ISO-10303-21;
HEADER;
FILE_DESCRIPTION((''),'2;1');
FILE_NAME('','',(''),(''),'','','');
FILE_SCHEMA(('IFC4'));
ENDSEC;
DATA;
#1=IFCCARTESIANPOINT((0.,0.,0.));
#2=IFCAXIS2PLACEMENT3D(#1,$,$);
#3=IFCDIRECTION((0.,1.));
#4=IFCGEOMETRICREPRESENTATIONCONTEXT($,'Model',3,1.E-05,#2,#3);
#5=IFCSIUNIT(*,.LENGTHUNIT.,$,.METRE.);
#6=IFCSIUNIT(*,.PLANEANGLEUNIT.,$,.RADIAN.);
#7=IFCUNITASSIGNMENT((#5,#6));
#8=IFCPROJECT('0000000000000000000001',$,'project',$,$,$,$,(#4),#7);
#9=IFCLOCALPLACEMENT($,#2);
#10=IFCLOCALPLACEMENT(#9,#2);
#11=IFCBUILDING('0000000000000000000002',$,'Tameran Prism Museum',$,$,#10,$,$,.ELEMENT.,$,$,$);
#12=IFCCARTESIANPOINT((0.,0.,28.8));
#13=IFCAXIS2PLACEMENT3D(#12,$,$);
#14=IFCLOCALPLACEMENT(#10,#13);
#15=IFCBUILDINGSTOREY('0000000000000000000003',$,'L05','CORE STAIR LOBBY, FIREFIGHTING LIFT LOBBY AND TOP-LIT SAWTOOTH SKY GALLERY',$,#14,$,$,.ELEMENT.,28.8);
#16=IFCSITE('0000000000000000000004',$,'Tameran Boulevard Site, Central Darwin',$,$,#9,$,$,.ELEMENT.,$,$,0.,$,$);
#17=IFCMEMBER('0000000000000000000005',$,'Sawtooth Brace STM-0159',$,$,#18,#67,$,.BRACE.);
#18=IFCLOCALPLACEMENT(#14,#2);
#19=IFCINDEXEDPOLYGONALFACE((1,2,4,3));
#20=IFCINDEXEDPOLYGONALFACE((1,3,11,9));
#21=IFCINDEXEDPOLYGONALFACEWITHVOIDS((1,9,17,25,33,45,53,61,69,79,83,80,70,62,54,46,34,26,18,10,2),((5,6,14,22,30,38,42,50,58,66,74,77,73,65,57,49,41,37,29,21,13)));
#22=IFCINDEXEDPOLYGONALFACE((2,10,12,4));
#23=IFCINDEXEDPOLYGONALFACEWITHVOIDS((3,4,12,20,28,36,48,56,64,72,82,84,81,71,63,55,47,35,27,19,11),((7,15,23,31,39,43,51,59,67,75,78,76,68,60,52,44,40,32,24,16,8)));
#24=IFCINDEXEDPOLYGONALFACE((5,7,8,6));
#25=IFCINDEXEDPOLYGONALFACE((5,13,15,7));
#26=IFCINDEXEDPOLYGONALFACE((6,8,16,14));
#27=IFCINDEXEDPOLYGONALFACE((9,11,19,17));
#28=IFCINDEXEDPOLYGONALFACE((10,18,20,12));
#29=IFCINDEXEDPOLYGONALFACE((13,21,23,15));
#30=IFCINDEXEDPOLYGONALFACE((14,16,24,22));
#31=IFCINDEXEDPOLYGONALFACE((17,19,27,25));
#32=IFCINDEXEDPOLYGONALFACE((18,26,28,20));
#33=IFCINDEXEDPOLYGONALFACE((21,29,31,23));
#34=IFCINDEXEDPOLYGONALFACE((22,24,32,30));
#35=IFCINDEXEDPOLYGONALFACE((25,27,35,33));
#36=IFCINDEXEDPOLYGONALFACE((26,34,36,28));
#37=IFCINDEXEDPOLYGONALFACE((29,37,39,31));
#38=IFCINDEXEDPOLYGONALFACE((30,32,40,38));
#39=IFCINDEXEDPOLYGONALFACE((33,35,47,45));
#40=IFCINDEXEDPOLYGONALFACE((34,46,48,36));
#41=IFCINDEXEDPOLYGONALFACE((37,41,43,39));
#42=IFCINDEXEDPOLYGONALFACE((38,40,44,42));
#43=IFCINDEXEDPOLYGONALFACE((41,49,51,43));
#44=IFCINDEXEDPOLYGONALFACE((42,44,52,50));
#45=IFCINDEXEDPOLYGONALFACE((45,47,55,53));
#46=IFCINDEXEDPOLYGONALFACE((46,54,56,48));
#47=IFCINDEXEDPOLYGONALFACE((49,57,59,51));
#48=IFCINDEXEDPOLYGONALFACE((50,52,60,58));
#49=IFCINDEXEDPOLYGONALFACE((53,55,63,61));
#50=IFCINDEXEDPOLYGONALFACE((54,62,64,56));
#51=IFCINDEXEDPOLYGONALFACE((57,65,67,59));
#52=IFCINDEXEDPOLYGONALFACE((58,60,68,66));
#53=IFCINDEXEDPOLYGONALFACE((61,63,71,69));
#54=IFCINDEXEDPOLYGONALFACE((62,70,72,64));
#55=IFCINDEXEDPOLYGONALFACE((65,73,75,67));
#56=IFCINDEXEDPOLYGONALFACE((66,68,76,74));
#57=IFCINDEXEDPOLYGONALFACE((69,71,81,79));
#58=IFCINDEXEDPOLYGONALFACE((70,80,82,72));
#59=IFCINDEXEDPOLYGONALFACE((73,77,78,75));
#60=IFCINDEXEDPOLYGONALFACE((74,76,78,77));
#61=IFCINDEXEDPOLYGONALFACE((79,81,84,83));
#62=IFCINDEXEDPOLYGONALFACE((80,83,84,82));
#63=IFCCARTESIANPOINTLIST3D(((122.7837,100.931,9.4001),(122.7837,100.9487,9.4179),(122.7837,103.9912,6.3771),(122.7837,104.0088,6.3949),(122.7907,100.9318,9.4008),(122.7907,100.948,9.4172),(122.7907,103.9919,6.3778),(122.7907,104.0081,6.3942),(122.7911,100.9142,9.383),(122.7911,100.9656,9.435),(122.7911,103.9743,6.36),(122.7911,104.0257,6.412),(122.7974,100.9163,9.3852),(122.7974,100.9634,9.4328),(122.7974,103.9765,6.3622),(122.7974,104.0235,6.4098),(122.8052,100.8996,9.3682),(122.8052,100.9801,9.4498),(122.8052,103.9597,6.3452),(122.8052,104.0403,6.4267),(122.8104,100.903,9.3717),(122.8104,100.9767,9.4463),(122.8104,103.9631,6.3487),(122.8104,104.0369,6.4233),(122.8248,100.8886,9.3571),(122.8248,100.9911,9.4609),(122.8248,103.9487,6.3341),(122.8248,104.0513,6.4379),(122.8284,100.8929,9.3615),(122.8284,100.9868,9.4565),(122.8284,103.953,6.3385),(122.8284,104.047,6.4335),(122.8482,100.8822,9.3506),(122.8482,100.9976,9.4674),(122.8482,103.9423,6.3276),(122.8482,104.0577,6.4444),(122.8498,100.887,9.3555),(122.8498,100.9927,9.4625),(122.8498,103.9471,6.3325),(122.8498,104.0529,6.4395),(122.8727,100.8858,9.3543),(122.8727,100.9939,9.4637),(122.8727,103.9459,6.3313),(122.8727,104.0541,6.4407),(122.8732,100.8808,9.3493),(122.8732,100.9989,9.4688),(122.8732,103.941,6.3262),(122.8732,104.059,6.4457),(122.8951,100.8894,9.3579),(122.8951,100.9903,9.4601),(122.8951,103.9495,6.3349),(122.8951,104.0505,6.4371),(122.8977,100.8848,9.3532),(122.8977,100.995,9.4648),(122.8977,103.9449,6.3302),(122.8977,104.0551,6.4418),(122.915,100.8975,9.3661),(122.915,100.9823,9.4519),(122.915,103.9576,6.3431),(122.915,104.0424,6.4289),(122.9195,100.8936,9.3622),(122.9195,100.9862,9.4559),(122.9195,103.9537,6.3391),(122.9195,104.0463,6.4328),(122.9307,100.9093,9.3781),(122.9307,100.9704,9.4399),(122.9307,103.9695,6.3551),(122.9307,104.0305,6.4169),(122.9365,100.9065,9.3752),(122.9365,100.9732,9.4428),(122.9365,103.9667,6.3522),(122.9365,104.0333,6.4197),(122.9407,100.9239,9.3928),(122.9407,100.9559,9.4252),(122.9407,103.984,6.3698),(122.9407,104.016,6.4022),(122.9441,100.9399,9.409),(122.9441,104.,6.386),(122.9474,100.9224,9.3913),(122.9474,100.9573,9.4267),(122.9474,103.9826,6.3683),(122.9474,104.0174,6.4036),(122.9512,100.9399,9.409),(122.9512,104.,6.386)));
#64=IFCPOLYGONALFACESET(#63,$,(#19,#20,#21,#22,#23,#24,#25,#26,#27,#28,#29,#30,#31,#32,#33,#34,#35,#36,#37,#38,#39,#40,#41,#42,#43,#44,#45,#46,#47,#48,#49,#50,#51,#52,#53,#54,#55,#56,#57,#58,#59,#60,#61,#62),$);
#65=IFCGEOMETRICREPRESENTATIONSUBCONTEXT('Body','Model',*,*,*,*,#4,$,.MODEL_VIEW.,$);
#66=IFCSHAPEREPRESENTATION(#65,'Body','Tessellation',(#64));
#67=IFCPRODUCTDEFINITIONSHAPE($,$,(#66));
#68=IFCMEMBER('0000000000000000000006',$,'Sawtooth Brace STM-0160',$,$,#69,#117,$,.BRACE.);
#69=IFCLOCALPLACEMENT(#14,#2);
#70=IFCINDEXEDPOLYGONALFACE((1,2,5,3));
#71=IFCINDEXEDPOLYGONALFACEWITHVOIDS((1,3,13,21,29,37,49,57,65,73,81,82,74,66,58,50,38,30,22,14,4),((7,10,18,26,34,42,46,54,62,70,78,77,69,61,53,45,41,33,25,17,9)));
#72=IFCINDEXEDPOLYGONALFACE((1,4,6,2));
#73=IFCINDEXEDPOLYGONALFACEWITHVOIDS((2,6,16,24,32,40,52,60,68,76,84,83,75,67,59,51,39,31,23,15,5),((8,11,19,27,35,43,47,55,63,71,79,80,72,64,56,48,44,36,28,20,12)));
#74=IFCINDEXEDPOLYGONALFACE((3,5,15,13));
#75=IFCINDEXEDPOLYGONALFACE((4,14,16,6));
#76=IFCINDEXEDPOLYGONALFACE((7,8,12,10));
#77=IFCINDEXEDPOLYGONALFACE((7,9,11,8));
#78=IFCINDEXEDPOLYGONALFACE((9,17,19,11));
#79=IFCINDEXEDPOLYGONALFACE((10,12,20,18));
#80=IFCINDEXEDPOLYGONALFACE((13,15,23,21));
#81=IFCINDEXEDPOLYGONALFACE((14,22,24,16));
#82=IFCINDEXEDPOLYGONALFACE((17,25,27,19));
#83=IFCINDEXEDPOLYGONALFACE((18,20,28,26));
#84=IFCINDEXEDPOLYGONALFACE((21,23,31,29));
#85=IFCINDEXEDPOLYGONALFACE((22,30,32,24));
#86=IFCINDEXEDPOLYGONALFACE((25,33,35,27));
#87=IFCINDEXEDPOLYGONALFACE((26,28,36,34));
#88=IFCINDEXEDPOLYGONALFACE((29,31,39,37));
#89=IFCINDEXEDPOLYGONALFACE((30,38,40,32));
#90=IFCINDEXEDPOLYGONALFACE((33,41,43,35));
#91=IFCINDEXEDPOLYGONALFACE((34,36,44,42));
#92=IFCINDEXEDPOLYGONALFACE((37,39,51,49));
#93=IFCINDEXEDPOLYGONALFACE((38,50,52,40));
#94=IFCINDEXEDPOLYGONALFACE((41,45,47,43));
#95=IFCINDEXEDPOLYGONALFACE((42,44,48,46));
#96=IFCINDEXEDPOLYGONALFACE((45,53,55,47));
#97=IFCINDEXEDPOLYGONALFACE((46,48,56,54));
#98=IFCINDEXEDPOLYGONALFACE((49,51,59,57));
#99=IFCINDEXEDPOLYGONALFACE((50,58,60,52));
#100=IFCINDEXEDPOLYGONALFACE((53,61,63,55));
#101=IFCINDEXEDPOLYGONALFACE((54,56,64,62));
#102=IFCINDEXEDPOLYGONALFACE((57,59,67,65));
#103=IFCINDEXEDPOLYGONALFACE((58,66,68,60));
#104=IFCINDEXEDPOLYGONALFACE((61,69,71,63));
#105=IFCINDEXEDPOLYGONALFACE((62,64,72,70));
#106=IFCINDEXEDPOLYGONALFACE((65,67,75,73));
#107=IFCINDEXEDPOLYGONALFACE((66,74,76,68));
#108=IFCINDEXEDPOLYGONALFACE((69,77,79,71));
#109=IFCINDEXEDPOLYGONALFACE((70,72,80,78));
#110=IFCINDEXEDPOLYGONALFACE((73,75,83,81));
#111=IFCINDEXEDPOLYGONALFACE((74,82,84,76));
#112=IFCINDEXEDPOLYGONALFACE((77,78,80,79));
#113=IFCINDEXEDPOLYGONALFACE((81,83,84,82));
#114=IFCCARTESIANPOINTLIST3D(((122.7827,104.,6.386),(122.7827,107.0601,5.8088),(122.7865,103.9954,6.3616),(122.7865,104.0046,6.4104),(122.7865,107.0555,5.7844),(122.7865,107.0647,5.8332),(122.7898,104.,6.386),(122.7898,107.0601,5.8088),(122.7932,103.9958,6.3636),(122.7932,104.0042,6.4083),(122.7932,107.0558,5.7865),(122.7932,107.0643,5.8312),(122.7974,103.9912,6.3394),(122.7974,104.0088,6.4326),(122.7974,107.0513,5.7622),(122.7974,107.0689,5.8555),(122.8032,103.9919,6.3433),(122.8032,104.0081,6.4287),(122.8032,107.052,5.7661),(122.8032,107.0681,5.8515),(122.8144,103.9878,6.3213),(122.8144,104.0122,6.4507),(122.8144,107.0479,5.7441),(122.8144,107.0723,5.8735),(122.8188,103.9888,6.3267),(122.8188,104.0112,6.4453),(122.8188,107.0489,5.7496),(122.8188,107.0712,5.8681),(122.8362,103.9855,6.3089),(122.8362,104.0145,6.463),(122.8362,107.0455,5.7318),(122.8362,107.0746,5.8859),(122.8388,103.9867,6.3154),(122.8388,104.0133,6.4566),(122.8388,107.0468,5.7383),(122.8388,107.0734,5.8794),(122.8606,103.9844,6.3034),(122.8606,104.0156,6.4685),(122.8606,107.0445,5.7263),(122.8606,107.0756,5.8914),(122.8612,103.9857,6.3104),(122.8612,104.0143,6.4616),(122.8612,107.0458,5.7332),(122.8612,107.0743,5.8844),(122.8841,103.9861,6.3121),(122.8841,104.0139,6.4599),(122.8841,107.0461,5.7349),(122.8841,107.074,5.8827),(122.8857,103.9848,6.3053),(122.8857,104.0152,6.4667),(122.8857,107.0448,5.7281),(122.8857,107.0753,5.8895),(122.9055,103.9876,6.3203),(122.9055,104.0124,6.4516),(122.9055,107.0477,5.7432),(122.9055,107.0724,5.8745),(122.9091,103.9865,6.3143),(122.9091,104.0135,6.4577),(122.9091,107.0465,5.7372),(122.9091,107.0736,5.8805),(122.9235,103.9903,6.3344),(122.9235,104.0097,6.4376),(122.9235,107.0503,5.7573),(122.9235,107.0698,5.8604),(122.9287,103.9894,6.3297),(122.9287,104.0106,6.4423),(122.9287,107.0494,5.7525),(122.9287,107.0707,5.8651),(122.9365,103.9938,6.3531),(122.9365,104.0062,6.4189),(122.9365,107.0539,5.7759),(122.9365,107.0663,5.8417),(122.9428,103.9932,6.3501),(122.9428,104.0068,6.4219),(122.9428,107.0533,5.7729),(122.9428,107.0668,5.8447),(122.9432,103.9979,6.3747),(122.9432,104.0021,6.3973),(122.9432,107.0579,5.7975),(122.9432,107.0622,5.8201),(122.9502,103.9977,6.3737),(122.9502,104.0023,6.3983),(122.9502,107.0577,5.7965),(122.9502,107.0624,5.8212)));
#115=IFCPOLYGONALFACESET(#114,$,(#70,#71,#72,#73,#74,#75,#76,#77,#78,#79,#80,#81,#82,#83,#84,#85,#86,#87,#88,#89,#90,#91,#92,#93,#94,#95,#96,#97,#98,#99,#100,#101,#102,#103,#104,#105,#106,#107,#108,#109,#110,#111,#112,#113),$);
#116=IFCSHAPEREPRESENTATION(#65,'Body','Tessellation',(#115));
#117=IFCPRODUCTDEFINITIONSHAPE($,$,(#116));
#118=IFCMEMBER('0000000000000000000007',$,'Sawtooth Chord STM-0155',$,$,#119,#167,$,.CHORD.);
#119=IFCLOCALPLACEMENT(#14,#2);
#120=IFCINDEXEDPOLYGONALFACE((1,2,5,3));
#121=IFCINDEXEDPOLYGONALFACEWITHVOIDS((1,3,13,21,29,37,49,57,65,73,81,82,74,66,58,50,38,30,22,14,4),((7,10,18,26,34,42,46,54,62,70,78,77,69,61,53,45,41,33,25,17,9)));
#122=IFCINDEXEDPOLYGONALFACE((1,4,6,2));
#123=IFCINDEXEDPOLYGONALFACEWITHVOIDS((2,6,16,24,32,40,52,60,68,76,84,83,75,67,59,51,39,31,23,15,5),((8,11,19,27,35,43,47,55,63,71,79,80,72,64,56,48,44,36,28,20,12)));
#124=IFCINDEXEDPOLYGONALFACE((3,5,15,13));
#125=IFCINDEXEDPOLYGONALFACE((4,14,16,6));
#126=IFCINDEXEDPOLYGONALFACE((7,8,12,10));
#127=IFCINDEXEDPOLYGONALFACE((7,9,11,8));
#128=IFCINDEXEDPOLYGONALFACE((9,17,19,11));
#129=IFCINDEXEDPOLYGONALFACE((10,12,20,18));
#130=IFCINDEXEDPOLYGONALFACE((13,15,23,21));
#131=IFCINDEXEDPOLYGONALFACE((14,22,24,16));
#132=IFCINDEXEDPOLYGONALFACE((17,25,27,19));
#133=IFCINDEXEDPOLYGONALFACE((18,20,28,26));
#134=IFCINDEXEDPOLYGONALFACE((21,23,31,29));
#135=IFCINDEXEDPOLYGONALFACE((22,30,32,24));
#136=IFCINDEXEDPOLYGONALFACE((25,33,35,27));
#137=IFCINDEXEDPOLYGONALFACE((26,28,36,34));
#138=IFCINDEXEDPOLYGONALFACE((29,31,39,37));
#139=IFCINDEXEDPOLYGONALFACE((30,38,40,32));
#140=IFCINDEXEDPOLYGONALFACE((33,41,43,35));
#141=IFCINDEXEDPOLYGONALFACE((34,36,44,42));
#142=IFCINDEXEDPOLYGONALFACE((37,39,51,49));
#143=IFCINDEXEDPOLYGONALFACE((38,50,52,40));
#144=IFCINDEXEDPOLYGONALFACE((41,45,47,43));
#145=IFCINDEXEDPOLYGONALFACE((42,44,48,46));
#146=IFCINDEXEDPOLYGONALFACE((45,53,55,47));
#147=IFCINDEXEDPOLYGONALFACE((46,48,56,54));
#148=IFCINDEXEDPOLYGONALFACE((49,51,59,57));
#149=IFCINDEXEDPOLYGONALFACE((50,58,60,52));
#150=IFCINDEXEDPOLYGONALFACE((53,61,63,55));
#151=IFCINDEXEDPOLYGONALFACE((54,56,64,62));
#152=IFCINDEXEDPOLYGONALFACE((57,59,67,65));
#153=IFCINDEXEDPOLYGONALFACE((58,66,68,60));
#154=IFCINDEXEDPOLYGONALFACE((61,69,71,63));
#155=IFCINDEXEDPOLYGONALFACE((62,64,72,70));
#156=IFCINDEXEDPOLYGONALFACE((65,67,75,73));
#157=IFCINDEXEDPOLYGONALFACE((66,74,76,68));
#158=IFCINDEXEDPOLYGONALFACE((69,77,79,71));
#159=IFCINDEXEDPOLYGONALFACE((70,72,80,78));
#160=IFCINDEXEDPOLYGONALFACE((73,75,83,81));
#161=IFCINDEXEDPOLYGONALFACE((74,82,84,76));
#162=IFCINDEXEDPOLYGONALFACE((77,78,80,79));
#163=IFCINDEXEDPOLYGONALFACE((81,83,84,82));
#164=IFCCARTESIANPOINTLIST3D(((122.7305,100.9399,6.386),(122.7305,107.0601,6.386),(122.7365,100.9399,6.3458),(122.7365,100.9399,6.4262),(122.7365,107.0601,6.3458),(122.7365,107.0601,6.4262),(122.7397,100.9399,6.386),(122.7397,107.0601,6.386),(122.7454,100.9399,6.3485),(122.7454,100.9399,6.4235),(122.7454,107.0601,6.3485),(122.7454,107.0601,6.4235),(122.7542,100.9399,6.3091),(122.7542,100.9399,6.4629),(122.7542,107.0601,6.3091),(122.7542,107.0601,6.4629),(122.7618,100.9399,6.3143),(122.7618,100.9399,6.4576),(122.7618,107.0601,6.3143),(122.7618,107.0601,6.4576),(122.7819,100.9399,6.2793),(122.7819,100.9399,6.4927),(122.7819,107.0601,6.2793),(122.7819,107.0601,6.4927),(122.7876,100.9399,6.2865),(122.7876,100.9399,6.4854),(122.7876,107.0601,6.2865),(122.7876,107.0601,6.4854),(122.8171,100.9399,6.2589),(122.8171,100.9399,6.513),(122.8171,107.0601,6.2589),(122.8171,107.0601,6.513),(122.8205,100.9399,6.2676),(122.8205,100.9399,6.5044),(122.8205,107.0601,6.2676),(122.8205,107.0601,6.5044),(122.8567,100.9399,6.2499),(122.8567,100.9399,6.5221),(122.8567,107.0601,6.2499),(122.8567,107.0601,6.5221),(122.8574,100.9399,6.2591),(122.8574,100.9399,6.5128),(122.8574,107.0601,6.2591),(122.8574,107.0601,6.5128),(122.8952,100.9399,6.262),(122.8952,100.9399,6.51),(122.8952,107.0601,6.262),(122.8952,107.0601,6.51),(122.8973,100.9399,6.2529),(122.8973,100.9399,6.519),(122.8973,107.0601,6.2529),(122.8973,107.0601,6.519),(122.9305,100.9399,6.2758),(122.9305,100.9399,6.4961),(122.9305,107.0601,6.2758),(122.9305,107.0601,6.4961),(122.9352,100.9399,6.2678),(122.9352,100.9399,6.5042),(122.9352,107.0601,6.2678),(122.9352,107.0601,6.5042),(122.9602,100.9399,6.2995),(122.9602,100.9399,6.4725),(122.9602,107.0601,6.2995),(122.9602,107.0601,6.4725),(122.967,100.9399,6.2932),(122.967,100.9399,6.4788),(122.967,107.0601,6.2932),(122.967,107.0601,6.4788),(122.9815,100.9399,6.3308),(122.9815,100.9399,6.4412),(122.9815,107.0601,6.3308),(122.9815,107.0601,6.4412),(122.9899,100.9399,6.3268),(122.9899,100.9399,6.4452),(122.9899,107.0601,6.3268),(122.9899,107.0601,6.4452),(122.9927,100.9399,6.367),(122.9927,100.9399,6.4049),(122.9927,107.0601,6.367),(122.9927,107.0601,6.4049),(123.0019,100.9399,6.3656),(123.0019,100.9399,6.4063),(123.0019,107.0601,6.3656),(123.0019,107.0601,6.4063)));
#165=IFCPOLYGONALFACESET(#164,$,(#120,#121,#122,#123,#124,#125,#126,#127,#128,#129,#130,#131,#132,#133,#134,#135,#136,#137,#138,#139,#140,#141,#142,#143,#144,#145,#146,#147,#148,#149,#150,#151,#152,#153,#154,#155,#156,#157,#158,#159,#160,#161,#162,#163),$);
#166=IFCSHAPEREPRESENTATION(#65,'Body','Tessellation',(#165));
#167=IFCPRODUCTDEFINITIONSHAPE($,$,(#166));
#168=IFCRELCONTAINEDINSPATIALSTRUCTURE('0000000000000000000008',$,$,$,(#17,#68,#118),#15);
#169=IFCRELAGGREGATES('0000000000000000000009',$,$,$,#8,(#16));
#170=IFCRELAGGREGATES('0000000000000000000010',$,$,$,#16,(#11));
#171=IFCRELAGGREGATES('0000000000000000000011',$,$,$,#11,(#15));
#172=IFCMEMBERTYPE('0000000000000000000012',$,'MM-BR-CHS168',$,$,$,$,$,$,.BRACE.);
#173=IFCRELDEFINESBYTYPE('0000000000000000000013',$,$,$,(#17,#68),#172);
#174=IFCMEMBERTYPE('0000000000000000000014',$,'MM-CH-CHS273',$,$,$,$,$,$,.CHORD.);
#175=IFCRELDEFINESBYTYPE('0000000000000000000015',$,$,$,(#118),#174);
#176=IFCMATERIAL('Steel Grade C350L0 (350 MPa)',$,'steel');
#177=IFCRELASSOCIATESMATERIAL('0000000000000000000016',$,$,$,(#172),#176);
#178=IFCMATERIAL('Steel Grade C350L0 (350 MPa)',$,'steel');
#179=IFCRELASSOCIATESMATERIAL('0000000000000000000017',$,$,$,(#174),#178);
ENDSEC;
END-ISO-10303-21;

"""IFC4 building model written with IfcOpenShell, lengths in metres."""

from ifc_helpers import new_model, si_unit, direction, frame, origin, origin_2d, place, context, subcontext, project, spatial, hollow_circle, extrude, material, material_profile, profile_set, type_object, element, save


model = new_model("IFC4")

# Units and contexts
model_context = context("Model", 3, precision=1e-05, world=origin(), true_north=direction((0.0, 1.0)))
body_context = subcontext(model_context, "Body", "Model", "MODEL_VIEW")
ifc_project = project(units=[si_unit("LENGTHUNIT", "METRE"), si_unit("PLANEANGLEUNIT", "RADIAN")], contexts=[model_context])

# Site, building, storey
site_placement = place(None, origin())
site = spatial("IfcSite", under=ifc_project, at=site_placement, Name="Tameran Boulevard Site, Central Darwin", CompositionType="ELEMENT", RefElevation=0.0)
building_placement = place(site_placement, origin())
building = spatial("IfcBuilding", under=site, at=building_placement, Name="Tameran Prism Museum", CompositionType="ELEMENT")
storey_placement = place(building_placement, frame((0.0, 0.0, 28.8)))
storey = spatial("IfcBuildingStorey", under=building, at=storey_placement, Name="L05", Description="CORE STAIR LOBBY, FIREFIGHTING LIFT LOBBY AND TOP-LIT SAWTOOTH SKY GALLERY", CompositionType="ELEMENT", Elevation=28.8)

# Members
ifc_material_1 = material(Name="Steel Grade C350L0 (350 MPa)", Category="steel")
ifc_material_profile_1 = material_profile(ifc_material_1, hollow_circle(Radius=0.0842, WallThickness=0.0071, at=origin_2d()))
ifc_profile_set_1 = profile_set([ifc_material_profile_1])
member_type_1 = type_object("IfcMemberType", Name="MM-BR-CHS168", PredefinedType="BRACE", material=ifc_profile_set_1)
member_1_placement = place(storey_placement, frame((122.8669, 104.0, 6.386), z_axis=(0.0, -0.711407, 0.70278), x_axis=(1.0, 0.0, 0.0)))
element("IfcMember", 1, at=member_1_placement, inside=storey, type_object=member_type_1, Name="Sawtooth Brace STM-0159", PredefinedType="BRACE", context=body_context, shape_type="SweptSolid", body=[
    extrude(hollow_circle(Radius=0.0842, WallThickness=0.0071, at=origin_2d()), origin(), (0.0, 0.0, 1.0), 4.3015),
])
member_2_placement = place(storey_placement, frame((122.8669, 104.0, 6.386), z_axis=(0.0, 0.982675, -0.185339), x_axis=(-1.0, 0.0, 0.0)))
element("IfcMember", 2, at=member_2_placement, inside=storey, type_object=member_type_1, Name="Sawtooth Brace STM-0160", PredefinedType="BRACE", context=body_context, shape_type="SweptSolid", body=[
    extrude(hollow_circle(Radius=0.0842, WallThickness=0.0071, at=origin_2d()), origin(), (0.0, 0.0, 1.0), 3.114),
])
ifc_material_2 = material(Name="Steel Grade C350L0 (350 MPa)", Category="steel")
ifc_material_profile_2 = material_profile(ifc_material_2, hollow_circle(Radius=0.1365, WallThickness=0.0093, at=origin_2d()))
ifc_profile_set_2 = profile_set([ifc_material_profile_2])
member_type_2 = type_object("IfcMemberType", Name="MM-CH-CHS273", PredefinedType="CHORD", material=ifc_profile_set_2)
member_3_placement = place(storey_placement, frame((122.8669, 100.9399, 6.386), z_axis=(0.0, 1.0, 0.0), x_axis=(-1.0, 0.0, 0.0)))
element("IfcMember", 3, at=member_3_placement, inside=storey, type_object=member_type_2, Name="Sawtooth Chord STM-0155", PredefinedType="CHORD", context=body_context, shape_type="SweptSolid", body=[
    extrude(hollow_circle(Radius=0.1365, WallThickness=0.0093, at=origin_2d()), origin(), (0.0, 0.0, 1.0), 6.1201),
])

save(model, "model.ifc")
